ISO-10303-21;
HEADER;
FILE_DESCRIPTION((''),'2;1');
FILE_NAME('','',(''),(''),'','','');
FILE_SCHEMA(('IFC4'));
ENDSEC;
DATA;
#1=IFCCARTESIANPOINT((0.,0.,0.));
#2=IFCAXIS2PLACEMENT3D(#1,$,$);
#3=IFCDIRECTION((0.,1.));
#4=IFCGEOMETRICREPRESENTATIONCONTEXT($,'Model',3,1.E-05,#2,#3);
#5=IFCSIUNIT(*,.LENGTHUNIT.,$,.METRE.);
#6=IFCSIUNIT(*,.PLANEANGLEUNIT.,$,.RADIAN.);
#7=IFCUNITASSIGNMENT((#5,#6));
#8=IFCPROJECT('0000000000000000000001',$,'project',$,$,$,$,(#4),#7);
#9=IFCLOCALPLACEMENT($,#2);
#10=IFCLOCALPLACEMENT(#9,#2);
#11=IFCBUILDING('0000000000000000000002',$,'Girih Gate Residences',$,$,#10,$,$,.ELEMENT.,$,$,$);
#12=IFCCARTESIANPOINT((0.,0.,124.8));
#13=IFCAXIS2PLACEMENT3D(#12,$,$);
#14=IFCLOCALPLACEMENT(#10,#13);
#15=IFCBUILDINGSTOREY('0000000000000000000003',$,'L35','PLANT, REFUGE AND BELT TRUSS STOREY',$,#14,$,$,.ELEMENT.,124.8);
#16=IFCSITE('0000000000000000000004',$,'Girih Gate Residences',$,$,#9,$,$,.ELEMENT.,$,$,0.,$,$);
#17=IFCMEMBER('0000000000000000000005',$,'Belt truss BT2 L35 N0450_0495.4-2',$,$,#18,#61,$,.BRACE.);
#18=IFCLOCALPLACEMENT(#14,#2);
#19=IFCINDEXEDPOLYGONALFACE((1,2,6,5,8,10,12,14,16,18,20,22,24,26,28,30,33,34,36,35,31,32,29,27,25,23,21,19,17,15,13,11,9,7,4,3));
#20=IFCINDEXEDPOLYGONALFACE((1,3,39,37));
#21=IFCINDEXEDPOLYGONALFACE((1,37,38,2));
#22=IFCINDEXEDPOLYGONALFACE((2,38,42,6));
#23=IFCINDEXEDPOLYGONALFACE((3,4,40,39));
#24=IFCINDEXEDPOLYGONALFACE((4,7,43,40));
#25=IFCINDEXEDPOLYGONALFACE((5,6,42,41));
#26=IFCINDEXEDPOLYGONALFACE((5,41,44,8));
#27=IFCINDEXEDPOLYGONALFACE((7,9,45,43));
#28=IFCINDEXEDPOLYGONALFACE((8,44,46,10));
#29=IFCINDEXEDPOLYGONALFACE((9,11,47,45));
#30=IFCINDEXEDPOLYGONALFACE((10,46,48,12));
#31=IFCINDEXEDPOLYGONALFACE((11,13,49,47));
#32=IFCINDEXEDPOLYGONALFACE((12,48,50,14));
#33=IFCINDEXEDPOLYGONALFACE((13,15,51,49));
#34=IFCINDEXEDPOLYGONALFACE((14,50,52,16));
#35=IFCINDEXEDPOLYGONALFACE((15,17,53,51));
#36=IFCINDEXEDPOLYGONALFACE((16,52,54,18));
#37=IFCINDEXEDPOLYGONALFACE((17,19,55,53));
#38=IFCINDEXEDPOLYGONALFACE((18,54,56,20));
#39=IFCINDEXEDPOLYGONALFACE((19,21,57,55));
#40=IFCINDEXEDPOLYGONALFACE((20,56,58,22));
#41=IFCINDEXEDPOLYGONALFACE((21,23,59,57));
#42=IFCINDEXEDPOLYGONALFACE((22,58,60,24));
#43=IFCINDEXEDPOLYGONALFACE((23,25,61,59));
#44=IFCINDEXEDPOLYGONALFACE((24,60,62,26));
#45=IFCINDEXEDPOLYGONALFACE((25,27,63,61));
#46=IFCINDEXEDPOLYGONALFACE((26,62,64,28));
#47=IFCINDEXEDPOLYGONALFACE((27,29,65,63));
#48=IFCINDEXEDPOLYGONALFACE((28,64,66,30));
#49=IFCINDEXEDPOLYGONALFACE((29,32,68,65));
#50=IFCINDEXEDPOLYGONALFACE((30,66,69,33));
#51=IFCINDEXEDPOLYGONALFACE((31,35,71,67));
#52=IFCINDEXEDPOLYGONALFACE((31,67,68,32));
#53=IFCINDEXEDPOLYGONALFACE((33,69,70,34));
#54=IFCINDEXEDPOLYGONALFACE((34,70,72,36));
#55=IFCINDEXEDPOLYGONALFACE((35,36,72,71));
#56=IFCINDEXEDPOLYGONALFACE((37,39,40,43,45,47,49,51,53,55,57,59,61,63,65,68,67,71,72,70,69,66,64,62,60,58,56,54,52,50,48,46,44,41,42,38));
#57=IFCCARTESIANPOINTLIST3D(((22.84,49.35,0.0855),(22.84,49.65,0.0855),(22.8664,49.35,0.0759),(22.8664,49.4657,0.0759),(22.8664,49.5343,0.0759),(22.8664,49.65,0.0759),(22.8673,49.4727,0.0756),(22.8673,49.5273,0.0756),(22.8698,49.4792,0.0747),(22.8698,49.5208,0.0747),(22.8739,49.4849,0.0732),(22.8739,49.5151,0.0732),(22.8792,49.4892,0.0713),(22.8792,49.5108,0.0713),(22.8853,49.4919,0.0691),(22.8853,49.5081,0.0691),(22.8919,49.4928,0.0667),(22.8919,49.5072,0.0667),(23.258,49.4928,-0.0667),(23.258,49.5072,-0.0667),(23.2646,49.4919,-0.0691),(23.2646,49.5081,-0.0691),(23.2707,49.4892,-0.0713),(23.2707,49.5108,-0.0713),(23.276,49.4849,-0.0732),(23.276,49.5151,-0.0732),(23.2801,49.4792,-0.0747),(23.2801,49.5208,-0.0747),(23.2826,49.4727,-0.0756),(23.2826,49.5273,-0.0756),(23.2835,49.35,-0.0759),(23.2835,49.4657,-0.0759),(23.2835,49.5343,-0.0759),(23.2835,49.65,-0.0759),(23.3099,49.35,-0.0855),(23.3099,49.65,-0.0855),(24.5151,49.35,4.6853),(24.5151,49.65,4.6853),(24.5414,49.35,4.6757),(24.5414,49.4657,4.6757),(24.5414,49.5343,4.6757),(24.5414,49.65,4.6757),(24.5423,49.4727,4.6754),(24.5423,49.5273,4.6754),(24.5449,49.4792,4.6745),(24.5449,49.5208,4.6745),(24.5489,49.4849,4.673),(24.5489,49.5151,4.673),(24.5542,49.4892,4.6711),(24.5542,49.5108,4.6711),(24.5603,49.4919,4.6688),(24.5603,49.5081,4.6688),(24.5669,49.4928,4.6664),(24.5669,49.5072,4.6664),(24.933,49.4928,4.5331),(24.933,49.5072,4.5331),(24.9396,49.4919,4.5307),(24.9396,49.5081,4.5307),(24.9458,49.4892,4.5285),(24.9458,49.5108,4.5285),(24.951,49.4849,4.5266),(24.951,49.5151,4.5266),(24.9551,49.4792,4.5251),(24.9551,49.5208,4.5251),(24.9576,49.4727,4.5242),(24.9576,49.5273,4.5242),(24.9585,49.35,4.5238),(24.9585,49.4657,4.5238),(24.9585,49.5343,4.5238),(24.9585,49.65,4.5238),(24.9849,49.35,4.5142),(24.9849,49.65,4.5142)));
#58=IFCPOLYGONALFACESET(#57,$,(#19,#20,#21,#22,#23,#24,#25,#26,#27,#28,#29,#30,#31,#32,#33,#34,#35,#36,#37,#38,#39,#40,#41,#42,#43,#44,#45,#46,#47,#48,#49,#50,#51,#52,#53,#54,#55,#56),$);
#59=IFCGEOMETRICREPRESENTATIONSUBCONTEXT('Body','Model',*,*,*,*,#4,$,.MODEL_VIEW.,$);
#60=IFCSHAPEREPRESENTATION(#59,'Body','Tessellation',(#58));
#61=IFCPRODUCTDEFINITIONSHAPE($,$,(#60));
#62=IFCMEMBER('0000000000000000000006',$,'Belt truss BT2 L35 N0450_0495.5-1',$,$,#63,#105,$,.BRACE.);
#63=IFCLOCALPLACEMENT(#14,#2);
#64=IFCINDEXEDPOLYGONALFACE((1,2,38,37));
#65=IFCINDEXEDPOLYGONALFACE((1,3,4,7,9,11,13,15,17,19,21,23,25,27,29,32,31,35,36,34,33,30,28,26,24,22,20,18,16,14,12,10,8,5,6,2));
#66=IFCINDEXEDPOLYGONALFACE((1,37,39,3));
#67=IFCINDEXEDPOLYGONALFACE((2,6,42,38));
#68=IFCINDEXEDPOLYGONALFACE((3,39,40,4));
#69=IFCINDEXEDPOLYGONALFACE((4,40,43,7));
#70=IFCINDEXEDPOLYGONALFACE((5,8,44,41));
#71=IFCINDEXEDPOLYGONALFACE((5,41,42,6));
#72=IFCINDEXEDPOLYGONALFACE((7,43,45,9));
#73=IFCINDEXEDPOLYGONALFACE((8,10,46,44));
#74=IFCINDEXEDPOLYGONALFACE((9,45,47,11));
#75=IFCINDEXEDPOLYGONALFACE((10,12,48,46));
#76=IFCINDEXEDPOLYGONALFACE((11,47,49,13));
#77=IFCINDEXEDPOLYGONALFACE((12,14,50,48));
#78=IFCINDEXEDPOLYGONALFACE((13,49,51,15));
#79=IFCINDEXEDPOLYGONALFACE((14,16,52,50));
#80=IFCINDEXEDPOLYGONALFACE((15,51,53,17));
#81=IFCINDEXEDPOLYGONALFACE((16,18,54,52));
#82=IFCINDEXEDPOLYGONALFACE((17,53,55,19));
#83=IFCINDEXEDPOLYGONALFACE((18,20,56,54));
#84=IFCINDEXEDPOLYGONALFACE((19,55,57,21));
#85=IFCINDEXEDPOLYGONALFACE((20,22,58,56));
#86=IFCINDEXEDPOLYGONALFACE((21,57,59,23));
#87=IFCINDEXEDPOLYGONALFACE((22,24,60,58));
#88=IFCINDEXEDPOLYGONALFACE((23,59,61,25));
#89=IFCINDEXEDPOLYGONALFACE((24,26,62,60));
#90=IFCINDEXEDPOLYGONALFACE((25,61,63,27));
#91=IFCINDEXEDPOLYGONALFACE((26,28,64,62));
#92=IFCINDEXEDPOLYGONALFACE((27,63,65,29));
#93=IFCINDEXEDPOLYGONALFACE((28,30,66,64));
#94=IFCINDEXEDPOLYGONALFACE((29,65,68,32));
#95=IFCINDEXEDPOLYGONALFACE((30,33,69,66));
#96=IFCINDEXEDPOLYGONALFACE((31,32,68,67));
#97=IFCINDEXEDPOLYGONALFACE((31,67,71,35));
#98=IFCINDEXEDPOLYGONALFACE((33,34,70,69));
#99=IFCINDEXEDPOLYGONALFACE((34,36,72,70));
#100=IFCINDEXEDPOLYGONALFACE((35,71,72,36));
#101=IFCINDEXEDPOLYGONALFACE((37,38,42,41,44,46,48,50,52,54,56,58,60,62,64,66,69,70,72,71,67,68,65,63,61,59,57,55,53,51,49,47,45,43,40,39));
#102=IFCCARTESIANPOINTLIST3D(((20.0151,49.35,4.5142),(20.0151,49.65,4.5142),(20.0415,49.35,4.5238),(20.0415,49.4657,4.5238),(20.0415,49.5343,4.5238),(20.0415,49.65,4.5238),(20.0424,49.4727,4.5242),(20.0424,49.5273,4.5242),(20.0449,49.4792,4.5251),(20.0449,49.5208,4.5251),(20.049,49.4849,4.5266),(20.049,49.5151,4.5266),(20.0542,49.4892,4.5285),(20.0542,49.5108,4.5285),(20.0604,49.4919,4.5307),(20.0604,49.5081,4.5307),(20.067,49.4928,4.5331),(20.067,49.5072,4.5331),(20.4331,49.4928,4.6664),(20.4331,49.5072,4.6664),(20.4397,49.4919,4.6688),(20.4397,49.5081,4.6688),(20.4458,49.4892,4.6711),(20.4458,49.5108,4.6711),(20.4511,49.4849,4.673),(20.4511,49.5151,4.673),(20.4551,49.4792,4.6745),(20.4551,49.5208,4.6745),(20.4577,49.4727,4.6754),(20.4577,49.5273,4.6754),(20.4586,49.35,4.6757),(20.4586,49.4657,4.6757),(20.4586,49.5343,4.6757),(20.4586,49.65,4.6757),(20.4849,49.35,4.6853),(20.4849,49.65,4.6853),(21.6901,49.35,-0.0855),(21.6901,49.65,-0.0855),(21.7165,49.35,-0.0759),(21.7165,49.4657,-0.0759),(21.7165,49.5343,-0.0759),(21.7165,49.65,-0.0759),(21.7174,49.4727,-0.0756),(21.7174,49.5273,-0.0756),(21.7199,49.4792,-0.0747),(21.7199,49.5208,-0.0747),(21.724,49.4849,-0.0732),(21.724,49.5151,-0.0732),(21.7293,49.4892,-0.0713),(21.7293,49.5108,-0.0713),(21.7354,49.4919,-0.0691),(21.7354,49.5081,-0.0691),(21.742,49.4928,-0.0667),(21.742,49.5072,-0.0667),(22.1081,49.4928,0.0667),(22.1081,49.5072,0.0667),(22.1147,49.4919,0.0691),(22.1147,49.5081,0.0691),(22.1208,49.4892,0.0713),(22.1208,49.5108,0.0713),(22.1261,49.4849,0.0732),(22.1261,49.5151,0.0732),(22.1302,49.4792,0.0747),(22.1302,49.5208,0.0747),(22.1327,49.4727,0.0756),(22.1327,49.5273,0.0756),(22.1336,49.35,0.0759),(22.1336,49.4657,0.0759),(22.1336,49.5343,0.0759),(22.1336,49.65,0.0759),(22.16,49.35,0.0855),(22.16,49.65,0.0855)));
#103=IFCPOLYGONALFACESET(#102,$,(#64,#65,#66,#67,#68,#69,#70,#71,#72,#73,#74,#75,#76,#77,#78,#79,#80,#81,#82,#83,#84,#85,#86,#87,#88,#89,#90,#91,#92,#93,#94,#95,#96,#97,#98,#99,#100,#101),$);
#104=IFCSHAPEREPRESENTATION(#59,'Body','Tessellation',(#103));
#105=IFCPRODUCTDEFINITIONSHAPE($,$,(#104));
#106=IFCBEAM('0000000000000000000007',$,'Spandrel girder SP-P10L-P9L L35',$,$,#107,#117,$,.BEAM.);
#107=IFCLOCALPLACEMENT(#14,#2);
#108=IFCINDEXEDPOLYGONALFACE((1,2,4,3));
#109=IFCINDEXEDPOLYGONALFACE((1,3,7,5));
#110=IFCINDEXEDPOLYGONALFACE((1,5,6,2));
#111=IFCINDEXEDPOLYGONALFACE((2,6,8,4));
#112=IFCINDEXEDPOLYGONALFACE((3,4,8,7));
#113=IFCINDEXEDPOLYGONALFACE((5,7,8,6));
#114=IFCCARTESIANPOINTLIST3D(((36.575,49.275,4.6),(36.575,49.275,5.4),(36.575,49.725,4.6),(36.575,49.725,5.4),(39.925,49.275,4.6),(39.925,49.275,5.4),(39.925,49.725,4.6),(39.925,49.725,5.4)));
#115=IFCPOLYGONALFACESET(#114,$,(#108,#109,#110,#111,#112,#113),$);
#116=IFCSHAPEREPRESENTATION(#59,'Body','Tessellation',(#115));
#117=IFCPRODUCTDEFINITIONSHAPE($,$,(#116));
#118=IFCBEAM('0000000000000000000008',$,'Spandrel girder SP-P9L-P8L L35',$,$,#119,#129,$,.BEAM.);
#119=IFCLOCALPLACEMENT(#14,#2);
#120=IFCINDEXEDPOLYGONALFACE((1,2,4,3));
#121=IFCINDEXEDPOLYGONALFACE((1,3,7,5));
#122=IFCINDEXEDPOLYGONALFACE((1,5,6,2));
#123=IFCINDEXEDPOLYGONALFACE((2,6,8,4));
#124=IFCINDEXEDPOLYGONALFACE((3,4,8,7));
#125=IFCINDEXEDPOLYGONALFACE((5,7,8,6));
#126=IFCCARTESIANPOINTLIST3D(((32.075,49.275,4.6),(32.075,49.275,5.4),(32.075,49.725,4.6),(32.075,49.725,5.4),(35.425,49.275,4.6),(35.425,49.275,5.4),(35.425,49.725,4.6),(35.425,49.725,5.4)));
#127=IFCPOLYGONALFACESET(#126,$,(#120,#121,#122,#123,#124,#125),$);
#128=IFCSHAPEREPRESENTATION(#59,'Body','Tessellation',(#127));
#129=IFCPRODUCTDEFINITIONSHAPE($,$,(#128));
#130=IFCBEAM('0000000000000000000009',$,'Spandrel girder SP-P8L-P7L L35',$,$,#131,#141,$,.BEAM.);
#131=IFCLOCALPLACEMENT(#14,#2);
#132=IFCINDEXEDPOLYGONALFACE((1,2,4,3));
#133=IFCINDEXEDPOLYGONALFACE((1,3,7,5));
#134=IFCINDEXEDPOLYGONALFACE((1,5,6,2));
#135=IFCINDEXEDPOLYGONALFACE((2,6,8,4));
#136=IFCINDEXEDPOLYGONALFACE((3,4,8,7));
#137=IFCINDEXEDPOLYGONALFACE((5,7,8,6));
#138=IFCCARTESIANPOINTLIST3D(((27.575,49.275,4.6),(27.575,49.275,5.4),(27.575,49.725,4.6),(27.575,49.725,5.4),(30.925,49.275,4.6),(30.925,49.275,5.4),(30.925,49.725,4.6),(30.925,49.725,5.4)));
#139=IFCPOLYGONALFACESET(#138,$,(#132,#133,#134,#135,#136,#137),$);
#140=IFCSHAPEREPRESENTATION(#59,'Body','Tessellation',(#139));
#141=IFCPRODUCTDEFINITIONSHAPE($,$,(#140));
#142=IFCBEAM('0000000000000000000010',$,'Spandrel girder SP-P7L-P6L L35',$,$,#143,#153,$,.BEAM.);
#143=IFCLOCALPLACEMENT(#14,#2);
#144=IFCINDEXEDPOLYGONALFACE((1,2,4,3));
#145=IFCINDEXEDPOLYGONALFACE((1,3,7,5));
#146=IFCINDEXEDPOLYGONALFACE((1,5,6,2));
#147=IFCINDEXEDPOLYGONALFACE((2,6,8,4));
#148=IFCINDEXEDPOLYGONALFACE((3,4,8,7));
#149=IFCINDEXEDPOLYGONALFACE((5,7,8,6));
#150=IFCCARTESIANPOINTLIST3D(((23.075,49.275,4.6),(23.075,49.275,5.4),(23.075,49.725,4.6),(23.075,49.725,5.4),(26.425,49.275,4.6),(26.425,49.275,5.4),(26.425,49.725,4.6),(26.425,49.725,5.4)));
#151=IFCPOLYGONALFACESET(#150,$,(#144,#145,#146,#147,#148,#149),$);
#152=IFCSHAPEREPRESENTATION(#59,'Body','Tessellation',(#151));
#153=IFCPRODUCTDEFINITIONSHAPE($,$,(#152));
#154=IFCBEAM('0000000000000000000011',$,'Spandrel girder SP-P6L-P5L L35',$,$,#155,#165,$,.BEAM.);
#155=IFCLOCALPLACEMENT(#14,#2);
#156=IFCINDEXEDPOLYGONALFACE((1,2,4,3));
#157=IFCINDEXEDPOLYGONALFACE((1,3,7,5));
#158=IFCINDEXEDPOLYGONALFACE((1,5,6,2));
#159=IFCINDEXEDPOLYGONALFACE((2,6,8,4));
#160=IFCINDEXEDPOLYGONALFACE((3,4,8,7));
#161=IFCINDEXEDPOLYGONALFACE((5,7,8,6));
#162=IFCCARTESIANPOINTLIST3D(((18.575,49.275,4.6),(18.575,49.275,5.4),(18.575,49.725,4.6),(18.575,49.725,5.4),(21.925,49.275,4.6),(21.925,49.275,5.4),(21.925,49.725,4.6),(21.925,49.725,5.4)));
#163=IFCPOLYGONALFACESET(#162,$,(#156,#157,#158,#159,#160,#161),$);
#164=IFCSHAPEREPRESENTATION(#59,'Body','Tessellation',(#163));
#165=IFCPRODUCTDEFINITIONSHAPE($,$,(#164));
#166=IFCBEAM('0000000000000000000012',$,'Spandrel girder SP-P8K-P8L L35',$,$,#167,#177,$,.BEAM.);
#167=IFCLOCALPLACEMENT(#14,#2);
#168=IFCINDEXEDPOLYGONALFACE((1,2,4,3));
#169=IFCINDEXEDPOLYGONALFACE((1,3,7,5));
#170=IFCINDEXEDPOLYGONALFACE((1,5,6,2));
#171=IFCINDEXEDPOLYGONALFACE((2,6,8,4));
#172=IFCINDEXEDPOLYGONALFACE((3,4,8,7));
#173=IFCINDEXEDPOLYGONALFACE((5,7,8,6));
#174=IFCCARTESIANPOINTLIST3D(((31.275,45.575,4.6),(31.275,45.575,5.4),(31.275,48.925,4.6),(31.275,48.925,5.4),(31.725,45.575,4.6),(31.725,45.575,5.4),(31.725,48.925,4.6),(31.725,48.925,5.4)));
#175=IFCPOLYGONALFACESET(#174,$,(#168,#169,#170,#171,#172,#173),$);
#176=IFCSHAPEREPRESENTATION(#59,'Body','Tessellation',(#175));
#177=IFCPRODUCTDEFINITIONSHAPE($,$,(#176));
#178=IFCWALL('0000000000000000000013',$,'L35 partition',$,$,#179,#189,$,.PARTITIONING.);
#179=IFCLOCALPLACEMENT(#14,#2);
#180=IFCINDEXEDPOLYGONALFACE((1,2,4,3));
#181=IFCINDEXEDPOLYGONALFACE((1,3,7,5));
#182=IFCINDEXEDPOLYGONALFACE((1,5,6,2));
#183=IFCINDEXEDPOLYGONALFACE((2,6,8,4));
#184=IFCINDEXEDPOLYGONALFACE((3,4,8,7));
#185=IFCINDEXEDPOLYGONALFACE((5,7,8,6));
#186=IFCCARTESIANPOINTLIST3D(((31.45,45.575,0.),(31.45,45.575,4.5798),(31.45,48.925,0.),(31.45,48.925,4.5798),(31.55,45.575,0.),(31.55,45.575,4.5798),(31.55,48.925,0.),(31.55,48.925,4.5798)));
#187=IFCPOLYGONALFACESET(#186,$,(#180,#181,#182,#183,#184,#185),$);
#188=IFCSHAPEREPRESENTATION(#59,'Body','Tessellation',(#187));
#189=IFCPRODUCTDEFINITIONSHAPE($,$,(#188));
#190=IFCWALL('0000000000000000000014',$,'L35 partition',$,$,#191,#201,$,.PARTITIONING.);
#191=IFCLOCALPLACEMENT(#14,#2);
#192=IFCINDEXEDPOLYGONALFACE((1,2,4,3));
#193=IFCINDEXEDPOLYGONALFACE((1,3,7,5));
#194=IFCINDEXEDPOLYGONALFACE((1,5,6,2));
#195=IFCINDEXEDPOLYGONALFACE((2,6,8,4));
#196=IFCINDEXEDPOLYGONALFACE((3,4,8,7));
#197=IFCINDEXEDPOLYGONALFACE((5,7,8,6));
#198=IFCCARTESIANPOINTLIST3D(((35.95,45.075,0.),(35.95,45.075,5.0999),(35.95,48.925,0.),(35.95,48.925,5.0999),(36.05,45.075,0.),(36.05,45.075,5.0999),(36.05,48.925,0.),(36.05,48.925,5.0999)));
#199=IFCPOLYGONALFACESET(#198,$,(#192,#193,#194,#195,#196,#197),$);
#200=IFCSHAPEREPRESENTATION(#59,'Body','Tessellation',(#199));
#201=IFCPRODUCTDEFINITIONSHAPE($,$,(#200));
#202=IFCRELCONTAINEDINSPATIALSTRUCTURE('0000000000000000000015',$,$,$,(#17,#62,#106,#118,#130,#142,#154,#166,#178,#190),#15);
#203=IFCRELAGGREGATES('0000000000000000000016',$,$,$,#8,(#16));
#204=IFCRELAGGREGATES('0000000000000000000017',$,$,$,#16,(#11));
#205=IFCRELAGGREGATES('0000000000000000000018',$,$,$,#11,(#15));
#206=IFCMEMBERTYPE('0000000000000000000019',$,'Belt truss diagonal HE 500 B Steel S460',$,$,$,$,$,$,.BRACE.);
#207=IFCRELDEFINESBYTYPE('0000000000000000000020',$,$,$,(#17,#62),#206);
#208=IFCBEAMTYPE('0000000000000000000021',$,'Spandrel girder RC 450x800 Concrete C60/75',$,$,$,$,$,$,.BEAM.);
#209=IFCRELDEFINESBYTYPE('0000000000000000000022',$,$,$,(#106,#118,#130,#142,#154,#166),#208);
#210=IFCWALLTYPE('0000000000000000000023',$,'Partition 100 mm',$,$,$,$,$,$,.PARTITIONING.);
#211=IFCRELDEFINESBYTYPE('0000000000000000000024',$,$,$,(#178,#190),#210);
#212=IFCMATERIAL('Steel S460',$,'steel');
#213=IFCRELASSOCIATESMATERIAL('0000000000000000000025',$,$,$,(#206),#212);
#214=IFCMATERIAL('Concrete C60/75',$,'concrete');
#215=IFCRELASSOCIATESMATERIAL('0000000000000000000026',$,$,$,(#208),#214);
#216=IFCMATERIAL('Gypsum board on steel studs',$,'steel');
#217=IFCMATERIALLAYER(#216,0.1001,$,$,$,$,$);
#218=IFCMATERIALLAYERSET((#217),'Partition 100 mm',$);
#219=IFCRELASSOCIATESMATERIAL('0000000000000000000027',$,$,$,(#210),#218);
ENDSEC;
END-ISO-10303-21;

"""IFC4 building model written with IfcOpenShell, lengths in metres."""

from ifc_helpers import new_model, si_unit, direction, frame, frame_2d, origin, origin_2d, place, context, subcontext, project, spatial, rectangle, i_section, extrude, material, layer, layer_set, material_profile, profile_set, type_object, element, save


model = new_model("IFC4")

# Units and contexts
model_context = context("Model", 3, precision=1e-05, world=origin(), true_north=direction((0.0, 1.0)))
body_context = subcontext(model_context, "Body", "Model", "MODEL_VIEW")
ifc_project = project(units=[si_unit("LENGTHUNIT", "METRE"), si_unit("PLANEANGLEUNIT", "RADIAN")], contexts=[model_context])

# Site, building, storey
site_placement = place(None, origin())
site = spatial("IfcSite", under=ifc_project, at=site_placement, Name="Girih Gate Residences", CompositionType="ELEMENT", RefElevation=0.0)
building_placement = place(site_placement, origin())
building = spatial("IfcBuilding", under=site, at=building_placement, Name="Girih Gate Residences", CompositionType="ELEMENT")
storey_placement = place(building_placement, frame((0.0, 0.0, 124.8)))
storey = spatial("IfcBuildingStorey", under=building, at=storey_placement, Name="L35", Description="PLANT, REFUGE AND BELT TRUSS STOREY", CompositionType="ELEMENT", Elevation=124.8)

# Members
ifc_material_1 = material(Name="Steel S460", Category="steel")
ifc_material_profile_1 = material_profile(ifc_material_1, i_section(OverallWidth=0.3, OverallDepth=0.5, WebThickness=0.0144, FlangeThickness=0.0281, FilletRadius=0.0271, at=origin_2d()))
ifc_profile_set_1 = profile_set([ifc_material_profile_1], Name="Steel S460")
member_type = type_object("IfcMemberType", Name="Belt truss diagonal HE 500 B Steel S460", PredefinedType="BRACE", material=ifc_profile_set_1)
for number, where, z_axis, x_axis, name in (
    (1, (23.075, 49.5, 0.0), (0.342171, 0.0, 0.939638), (0.0, 1.0, 0.0), "Belt truss BT2 L35 N0450_0495.4-2"),
    (2, (21.925, 49.5, 0.0), (-0.342171, 0.0, 0.939638), (0.0, -1.0, 0.0), "Belt truss BT2 L35 N0450_0495.5-1"),
):
    element("IfcMember", number, at=place(storey_placement, frame(where, z_axis=z_axis, x_axis=x_axis)), inside=storey, type_object=member_type, Name=name, PredefinedType="BRACE", context=body_context, shape_type="SweptSolid", body=[
        extrude(i_section(OverallWidth=0.3, OverallDepth=0.5, WebThickness=0.0144, FlangeThickness=0.0281, FilletRadius=0.0271, at=origin_2d()), origin(), (0.0, 0.0, 1.0), 4.8953),
    ])

# Beams
ifc_material_2 = material(Name="Concrete C60/75", Category="concrete")
ifc_material_profile_2 = material_profile(ifc_material_2, rectangle(XDim=0.45, YDim=0.8, at=origin_2d()))
ifc_profile_set_2 = profile_set([ifc_material_profile_2], Name="Concrete C60/75")
beam_type = type_object("IfcBeamType", Name="Spandrel girder RC 450x800 Concrete C60/75", PredefinedType="BEAM", material=ifc_profile_set_2)
for number, where, z_axis, x_axis, name in (
    (3, (39.925, 49.5, 5.0), (-1.0, 0.0, 0.0), (0.0, -1.0, 0.0), "Spandrel girder SP-P10L-P9L L35"),
    (4, (35.425, 49.5, 5.0), (-1.0, 0.0, 0.0), (0.0, -1.0, 0.0), "Spandrel girder SP-P9L-P8L L35"),
    (5, (30.925, 49.5, 5.0), (-1.0, 0.0, 0.0), (0.0, -1.0, 0.0), "Spandrel girder SP-P8L-P7L L35"),
    (6, (26.425, 49.5, 5.0), (-1.0, 0.0, 0.0), (0.0, -1.0, 0.0), "Spandrel girder SP-P7L-P6L L35"),
    (7, (21.925, 49.5, 5.0), (-1.0, 0.0, 0.0), (0.0, -1.0, 0.0), "Spandrel girder SP-P6L-P5L L35"),
    (8, (31.5, 45.575, 5.0), (0.0, 1.0, 0.0), (-1.0, 0.0, 0.0), "Spandrel girder SP-P8K-P8L L35"),
):
    element("IfcBeam", number, at=place(storey_placement, frame(where, z_axis=z_axis, x_axis=x_axis)), inside=storey, type_object=beam_type, Name=name, PredefinedType="BEAM", context=body_context, shape_type="SweptSolid", body=[
        extrude(rectangle(XDim=0.45, YDim=0.8, at=origin_2d()), origin(), (0.0, 0.0, 1.0), 3.3501),
    ])

# Walls
ifc_material_3 = material(Name="Gypsum board on steel studs", Category="steel")
ifc_layer_1 = layer(ifc_material_3, 0.1001)
ifc_layer_set_1 = layer_set([ifc_layer_1], Name="Partition 100 mm")
wall_type_1 = type_object("IfcWallType", Name="Partition 100 mm", PredefinedType="PARTITIONING", material=ifc_layer_set_1)
wall_1_placement = place(storey_placement, frame((31.5, 45.575, 0.0), z_axis=(0.0, 0.0, 1.0), x_axis=(0.0, 1.0, 0.0)))
element("IfcWall", 9, at=wall_1_placement, inside=storey, type_object=wall_type_1, Name="L35 partition", PredefinedType="PARTITIONING", context=body_context, shape_type="SweptSolid", body=[
    extrude(rectangle(XDim=3.3501, YDim=0.1001, at=frame_2d((1.675, 0.0))), origin(), (0.0, 0.0, 1.0), 4.5798),
])
wall_2_placement = place(storey_placement, frame((36.0, 45.075, 0.0), z_axis=(0.0, 0.0, 1.0), x_axis=(0.0, 1.0, 0.0)))
element("IfcWall", 10, at=wall_2_placement, inside=storey, type_object=wall_type_1, Name="L35 partition", PredefinedType="PARTITIONING", context=body_context, shape_type="SweptSolid", body=[
    extrude(rectangle(XDim=3.8501, YDim=0.1001, at=frame_2d((1.925, 0.0))), origin(), (0.0, 0.0, 1.0), 5.0999),
])

save(model, "model.ifc")
